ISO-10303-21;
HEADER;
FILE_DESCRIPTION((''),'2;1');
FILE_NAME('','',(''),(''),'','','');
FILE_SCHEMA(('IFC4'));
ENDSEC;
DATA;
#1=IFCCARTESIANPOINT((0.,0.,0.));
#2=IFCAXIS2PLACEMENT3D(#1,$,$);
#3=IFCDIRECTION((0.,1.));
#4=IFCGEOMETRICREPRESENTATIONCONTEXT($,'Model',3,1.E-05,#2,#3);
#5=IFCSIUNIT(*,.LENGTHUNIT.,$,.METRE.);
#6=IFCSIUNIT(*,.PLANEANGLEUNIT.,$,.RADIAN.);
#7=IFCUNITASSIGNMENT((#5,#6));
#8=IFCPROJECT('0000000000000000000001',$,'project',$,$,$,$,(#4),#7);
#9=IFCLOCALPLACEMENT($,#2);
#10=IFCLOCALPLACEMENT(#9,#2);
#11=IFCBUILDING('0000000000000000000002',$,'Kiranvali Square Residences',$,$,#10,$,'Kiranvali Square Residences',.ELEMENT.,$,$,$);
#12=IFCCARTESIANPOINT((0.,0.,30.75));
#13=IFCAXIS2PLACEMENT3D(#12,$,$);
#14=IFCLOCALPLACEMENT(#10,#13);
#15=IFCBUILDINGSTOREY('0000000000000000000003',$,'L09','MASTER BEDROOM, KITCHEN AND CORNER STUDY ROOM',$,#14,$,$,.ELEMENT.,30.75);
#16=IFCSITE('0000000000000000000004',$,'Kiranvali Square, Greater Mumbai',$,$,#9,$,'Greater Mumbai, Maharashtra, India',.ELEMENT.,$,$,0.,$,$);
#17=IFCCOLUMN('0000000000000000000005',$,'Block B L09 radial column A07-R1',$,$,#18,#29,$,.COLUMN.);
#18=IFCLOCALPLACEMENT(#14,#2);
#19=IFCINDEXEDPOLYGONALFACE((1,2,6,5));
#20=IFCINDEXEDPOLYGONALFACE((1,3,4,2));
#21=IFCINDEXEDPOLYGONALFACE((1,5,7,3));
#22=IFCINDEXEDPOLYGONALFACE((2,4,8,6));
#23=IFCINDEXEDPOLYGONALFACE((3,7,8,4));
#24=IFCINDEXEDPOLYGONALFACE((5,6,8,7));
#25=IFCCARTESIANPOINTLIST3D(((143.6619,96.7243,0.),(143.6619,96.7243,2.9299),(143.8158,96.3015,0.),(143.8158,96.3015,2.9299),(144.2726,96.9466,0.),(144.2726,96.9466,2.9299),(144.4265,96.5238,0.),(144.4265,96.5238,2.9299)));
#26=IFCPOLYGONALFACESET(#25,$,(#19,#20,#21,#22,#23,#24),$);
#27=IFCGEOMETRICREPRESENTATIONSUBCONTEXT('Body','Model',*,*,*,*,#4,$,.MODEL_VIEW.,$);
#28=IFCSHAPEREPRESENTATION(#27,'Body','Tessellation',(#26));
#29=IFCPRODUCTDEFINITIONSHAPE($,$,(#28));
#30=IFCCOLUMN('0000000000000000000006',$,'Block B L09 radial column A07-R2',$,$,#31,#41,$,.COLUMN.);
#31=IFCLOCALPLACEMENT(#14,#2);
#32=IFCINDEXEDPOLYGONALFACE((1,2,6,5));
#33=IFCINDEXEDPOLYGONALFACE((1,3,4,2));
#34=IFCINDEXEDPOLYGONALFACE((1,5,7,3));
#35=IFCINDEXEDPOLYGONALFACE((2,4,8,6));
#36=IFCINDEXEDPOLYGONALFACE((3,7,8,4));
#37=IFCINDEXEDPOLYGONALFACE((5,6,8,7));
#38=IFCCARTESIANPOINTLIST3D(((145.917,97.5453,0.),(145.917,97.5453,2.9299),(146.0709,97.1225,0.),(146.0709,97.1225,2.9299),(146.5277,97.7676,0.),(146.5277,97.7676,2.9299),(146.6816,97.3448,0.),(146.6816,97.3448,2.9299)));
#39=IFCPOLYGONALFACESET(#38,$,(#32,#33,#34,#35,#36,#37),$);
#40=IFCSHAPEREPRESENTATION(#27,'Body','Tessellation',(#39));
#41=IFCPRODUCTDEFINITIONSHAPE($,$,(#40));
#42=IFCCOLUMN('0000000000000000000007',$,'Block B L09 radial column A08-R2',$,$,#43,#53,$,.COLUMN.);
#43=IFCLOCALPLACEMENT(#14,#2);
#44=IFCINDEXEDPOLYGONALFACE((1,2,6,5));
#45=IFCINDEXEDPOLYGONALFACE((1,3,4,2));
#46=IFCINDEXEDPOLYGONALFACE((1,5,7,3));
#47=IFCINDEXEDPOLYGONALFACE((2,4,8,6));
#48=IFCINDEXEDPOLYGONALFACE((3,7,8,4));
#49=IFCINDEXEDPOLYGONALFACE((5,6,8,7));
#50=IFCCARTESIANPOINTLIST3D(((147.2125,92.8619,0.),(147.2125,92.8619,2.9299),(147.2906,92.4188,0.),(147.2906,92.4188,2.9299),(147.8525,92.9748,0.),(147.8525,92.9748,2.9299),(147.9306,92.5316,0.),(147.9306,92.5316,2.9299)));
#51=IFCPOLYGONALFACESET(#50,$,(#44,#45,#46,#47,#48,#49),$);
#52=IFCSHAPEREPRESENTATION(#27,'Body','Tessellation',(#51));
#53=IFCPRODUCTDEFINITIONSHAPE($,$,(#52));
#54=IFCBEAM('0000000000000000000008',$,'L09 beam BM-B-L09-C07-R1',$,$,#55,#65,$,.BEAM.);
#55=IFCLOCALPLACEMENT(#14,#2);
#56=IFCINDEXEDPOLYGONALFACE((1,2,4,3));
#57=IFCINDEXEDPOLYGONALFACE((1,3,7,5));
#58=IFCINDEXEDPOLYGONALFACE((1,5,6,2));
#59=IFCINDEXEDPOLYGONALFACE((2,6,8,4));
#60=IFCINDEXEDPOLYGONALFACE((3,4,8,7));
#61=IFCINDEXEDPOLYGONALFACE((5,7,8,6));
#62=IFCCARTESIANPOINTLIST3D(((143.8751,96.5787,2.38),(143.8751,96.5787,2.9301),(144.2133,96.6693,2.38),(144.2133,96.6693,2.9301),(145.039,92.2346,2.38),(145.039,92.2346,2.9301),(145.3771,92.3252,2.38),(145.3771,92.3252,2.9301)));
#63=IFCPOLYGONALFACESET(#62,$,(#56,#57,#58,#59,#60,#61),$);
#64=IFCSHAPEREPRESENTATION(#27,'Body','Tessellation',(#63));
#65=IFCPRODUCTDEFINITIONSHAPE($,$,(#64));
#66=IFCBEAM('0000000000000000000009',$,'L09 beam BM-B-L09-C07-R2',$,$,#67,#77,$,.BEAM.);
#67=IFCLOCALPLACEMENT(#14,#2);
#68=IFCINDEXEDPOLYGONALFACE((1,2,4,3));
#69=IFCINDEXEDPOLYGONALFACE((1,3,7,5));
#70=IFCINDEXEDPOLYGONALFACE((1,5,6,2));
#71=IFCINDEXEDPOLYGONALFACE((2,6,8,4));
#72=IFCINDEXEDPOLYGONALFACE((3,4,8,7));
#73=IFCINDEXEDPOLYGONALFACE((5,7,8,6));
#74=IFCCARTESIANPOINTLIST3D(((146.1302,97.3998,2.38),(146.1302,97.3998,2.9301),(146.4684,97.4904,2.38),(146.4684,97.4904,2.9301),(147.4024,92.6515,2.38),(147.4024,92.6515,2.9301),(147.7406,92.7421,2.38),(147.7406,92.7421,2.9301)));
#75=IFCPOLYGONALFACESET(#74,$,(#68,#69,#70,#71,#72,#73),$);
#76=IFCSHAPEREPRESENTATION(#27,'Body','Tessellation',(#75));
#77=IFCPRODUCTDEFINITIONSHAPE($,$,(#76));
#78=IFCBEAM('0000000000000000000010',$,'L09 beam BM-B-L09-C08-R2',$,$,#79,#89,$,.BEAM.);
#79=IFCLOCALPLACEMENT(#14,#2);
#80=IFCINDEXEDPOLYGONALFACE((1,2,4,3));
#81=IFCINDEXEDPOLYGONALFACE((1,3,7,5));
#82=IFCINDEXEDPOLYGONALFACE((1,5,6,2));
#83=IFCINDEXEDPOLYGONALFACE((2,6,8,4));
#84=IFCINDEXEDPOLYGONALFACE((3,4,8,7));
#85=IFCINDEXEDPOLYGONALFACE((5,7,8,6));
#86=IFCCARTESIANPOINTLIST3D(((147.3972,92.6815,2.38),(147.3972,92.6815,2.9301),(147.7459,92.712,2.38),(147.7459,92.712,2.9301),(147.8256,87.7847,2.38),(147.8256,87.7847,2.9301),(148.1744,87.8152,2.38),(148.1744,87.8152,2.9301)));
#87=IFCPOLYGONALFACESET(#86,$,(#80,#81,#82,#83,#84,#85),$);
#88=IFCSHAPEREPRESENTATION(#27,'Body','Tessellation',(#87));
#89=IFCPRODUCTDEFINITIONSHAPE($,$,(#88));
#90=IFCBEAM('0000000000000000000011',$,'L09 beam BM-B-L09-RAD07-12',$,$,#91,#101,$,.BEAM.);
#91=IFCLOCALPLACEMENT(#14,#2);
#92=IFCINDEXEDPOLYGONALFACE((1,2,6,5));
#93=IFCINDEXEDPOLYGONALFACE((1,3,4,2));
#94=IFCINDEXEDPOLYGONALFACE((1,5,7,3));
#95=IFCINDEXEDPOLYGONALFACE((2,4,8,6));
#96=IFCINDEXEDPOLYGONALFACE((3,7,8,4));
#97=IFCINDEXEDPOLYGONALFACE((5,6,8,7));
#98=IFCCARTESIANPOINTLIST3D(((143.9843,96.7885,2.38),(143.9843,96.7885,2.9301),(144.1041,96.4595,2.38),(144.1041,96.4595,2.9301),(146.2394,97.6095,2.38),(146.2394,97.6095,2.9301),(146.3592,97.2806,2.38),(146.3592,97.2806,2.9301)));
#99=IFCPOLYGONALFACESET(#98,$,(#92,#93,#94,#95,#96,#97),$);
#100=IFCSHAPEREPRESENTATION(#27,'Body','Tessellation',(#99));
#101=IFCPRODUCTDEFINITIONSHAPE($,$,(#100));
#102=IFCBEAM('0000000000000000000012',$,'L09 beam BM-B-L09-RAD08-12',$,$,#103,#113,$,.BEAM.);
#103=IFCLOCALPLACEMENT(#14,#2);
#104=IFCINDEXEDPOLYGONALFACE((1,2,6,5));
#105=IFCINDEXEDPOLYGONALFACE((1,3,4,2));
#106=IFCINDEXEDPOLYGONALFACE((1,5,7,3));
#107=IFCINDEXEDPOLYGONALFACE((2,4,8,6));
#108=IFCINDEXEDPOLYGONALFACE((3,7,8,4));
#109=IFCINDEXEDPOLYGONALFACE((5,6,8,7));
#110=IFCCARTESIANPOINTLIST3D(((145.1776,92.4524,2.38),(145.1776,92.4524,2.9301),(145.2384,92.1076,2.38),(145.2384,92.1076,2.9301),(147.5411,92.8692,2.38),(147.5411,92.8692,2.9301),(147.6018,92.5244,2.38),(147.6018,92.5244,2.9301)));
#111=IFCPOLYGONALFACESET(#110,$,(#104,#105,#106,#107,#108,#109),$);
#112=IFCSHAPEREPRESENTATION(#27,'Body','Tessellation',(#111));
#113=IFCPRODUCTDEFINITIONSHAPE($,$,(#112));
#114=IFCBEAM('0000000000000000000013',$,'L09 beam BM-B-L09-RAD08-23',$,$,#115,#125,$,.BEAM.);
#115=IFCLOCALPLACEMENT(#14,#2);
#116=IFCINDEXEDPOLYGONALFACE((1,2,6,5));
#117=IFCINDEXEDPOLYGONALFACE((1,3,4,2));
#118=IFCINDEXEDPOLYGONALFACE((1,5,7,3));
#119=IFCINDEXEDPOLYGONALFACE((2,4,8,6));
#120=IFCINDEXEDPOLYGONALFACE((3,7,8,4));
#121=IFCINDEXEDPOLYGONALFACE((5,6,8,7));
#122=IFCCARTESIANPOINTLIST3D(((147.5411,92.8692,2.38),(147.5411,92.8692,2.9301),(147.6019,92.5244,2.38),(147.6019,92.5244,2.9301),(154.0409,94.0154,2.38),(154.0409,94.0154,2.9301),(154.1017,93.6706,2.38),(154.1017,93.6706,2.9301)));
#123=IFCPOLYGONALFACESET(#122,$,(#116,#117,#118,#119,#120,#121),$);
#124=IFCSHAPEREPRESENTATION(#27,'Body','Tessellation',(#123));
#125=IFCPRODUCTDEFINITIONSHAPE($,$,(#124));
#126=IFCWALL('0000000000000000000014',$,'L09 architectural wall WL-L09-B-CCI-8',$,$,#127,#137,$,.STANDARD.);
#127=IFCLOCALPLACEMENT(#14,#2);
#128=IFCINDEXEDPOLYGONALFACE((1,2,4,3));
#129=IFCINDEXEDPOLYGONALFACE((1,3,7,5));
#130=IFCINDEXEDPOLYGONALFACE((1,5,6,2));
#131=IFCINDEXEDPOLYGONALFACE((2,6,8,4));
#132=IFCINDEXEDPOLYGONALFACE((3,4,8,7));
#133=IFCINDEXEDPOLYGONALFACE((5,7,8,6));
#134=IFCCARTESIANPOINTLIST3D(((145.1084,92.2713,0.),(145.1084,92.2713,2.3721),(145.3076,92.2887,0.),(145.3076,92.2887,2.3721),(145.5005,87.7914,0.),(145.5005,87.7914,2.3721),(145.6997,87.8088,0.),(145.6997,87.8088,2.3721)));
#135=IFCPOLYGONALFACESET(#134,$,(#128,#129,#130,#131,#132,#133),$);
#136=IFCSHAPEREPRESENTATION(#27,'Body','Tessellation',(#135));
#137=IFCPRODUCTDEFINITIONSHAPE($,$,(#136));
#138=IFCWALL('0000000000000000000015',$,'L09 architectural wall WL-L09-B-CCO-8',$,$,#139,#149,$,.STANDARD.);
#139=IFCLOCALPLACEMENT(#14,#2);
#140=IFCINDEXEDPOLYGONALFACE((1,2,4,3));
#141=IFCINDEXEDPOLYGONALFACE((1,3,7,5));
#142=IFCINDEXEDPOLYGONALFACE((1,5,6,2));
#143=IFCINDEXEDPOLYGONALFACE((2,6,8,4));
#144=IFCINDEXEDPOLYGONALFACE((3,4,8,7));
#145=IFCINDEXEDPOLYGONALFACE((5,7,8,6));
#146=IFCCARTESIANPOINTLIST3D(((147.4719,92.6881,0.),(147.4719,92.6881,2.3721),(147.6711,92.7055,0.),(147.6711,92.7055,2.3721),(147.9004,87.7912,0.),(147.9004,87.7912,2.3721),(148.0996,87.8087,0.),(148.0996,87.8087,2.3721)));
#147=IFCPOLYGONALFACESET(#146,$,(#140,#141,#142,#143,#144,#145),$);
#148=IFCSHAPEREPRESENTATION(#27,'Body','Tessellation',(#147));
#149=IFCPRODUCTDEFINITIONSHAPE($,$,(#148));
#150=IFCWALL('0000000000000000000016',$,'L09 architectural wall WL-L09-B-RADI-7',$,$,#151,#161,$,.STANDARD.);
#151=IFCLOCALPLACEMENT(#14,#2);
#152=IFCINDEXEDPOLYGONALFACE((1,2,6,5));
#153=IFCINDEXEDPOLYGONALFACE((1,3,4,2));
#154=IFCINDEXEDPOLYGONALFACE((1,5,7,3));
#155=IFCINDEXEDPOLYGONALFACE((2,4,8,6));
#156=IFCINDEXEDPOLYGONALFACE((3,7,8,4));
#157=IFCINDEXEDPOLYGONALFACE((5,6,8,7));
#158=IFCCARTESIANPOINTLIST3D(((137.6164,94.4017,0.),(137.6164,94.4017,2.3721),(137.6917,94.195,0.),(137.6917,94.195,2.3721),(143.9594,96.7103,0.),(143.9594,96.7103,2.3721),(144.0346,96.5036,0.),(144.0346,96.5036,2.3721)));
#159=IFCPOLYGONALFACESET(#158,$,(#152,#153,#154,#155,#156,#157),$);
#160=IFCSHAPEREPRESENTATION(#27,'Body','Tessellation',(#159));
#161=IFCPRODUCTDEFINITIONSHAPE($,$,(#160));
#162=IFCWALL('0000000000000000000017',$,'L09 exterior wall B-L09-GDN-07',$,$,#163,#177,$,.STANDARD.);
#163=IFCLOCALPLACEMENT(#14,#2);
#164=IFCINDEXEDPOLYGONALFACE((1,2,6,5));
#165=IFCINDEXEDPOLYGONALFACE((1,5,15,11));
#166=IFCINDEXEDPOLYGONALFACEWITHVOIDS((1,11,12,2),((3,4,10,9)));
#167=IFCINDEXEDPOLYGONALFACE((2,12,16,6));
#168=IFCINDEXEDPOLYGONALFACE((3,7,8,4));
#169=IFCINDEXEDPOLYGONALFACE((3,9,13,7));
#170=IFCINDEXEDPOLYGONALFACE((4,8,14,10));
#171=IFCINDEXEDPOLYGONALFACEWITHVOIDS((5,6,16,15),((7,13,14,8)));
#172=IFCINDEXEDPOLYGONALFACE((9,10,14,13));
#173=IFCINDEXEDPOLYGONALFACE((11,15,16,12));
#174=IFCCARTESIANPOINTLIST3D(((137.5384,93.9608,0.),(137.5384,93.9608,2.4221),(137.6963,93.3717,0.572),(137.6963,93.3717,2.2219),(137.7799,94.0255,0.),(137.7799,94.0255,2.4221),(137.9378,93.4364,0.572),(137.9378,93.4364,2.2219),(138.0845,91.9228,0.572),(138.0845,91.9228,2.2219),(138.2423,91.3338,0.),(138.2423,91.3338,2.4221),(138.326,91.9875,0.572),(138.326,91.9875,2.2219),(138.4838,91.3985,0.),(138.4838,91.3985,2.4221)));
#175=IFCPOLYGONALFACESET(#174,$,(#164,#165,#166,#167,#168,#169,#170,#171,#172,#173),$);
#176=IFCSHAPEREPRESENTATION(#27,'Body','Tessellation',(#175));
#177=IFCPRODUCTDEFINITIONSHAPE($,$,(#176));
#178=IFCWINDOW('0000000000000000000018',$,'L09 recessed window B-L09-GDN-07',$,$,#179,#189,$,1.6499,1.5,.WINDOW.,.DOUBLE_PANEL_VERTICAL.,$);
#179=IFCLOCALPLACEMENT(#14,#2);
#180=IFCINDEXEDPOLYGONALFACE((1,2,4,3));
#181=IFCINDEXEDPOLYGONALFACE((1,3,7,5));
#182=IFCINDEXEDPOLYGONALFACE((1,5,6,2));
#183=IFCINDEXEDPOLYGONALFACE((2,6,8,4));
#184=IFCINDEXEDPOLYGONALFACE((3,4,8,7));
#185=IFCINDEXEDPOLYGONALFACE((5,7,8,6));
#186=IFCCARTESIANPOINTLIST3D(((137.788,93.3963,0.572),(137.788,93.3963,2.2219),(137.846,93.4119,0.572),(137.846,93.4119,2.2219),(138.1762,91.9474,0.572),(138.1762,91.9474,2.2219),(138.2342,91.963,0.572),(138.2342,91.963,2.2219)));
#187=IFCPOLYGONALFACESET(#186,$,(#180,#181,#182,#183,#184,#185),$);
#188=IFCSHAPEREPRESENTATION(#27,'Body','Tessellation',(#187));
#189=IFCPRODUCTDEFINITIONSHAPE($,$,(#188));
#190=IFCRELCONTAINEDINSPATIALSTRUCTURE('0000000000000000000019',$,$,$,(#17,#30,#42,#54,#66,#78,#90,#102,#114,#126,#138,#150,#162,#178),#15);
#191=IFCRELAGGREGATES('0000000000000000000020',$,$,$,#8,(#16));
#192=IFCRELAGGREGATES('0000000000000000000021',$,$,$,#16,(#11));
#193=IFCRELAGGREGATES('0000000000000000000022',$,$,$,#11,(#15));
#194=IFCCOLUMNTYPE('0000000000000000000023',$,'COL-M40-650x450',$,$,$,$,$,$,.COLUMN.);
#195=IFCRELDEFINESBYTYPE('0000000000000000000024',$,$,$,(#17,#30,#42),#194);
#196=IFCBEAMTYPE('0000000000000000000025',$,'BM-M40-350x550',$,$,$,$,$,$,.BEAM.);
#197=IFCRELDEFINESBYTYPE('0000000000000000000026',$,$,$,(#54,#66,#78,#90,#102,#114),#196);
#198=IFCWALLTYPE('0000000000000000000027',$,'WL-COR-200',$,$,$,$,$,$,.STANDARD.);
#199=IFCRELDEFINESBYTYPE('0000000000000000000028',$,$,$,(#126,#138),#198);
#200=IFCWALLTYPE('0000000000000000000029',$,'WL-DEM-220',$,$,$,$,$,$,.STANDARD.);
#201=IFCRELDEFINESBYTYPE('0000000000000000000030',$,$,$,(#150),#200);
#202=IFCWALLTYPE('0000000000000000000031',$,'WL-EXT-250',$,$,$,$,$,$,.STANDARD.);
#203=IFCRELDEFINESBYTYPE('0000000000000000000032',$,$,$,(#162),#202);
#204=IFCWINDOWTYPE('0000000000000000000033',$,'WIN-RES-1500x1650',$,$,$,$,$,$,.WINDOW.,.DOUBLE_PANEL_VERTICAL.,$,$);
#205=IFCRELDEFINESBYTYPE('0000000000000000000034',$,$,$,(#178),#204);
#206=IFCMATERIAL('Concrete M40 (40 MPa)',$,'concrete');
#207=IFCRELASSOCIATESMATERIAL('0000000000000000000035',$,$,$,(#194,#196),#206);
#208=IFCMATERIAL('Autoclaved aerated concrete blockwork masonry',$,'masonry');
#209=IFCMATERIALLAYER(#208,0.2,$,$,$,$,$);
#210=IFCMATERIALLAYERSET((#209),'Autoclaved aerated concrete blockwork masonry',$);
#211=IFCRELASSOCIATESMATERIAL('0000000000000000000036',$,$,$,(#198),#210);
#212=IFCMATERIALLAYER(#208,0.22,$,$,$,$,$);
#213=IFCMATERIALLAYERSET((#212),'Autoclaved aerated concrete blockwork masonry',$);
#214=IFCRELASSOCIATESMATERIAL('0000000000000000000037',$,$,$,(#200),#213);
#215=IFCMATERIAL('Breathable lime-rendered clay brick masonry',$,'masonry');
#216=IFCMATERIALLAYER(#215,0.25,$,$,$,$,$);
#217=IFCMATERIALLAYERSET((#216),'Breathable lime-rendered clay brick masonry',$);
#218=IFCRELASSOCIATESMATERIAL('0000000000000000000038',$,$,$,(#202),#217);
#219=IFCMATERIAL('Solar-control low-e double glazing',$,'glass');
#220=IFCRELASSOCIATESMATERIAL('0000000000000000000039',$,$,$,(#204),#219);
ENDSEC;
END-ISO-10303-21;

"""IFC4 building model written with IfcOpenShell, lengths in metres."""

from ifc_helpers import new_model, si_unit, direction, frame, frame_2d, origin, origin_2d, place, context, subcontext, project, spatial, rectangle, extrude, material, layer, layer_set, material_profile, profile_set, type_object, element, fill, save


model = new_model("IFC4")

# Units and contexts
model_context = context("Model", 3, precision=1e-05, world=origin(), true_north=direction((0.0, 1.0)))
body_context = subcontext(model_context, "Body", "Model", "MODEL_VIEW")
ifc_project = project(units=[si_unit("LENGTHUNIT", "METRE"), si_unit("PLANEANGLEUNIT", "RADIAN")], contexts=[model_context])

# Site, building, storey
site_placement = place(None, origin())
site = spatial("IfcSite", under=ifc_project, at=site_placement, Name="Kiranvali Square, Greater Mumbai", LongName="Greater Mumbai, Maharashtra, India", CompositionType="ELEMENT", RefElevation=0.0)
building_placement = place(site_placement, origin())
building = spatial("IfcBuilding", under=site, at=building_placement, Name="Kiranvali Square Residences", LongName="Kiranvali Square Residences", CompositionType="ELEMENT")
storey_placement = place(building_placement, frame((0.0, 0.0, 30.75)))
storey = spatial("IfcBuildingStorey", under=building, at=storey_placement, Name="L09", Description="MASTER BEDROOM, KITCHEN AND CORNER STUDY ROOM", CompositionType="ELEMENT", Elevation=30.75)

# Columns
ifc_material_1 = material(Name="Concrete M40 (40 MPa)", Category="concrete")
ifc_material_profile_1 = material_profile(ifc_material_1, rectangle(XDim=0.45, YDim=0.6499, at=origin_2d()), Name="RC 650x450")
ifc_profile_set_1 = profile_set([ifc_material_profile_1], Name="Concrete M40 (40 MPa)")
column_type = type_object("IfcColumnType", Name="COL-M40-650x450", PredefinedType="COLUMN", material=ifc_profile_set_1)
for number, where, z_axis, x_axis, name in (
    (1, (144.0442, 96.624, 0.0), (0.0, 0.0, 1.0), (-0.34202, 0.939693, 0.0), "Block B L09 radial column A07-R1"),
    (2, (146.2993, 97.4451, 0.0), (0.0, 0.0, 1.0), (-0.34202, 0.939693, 0.0), "Block B L09 radial column A07-R2"),
    (3, (147.5715, 92.6968, 0.0), (0.0, 0.0, 1.0), (-0.173648, 0.984808, 0.0), "Block B L09 radial column A08-R2"),
):
    element("IfcColumn", number, at=place(storey_placement, frame(where, z_axis=z_axis, x_axis=x_axis)), inside=storey, type_object=column_type, Name=name, PredefinedType="COLUMN", context=body_context, shape_type="SweptSolid", body=[
        extrude(rectangle(XDim=0.45, YDim=0.6499, at=origin_2d()), origin(), (0.0, 0.0, 1.0), 2.9299),
    ])

# Beams
ifc_material_profile_2 = material_profile(ifc_material_1, rectangle(XDim=0.3501, YDim=0.55, at=origin_2d()), Name="RC 350x550")
ifc_profile_set_2 = profile_set([ifc_material_profile_2], Name="Concrete M40 (40 MPa)")
beam_type = type_object("IfcBeamType", Name="BM-M40-350x550", PredefinedType="BEAM", material=ifc_profile_set_2)
beam_1_placement = place(storey_placement, frame((144.0442, 96.624, 2.655), z_axis=(0.258788, -0.965934, 0.0), x_axis=(0.965934, 0.258788, 0.0)))
element("IfcBeam", 4, at=beam_1_placement, inside=storey, type_object=beam_type, Name="L09 beam BM-B-L09-C07-R1", PredefinedType="BEAM", context=body_context, shape_type="SweptSolid", body=[
    extrude(rectangle(XDim=0.3501, YDim=0.55, at=origin_2d()), origin(), (0.0, 0.0, 1.0), 4.4973),
])
beam_2_placement = place(storey_placement, frame((146.2993, 97.4451, 2.655), z_axis=(0.258803, -0.96593, 0.0), x_axis=(0.96593, 0.258803, 0.0)))
element("IfcBeam", 5, at=beam_2_placement, inside=storey, type_object=beam_type, Name="L09 beam BM-B-L09-C07-R2", PredefinedType="BEAM", context=body_context, shape_type="SweptSolid", body=[
    extrude(rectangle(XDim=0.3501, YDim=0.55, at=origin_2d()), origin(), (0.0, 0.0, 1.0), 4.9158),
])
beam_3_placement = place(storey_placement, frame((147.5715, 92.6968, 2.655), z_axis=(0.087168, -0.996194, 0.0), x_axis=(0.996194, 0.087168, 0.0)))
element("IfcBeam", 6, at=beam_3_placement, inside=storey, type_object=beam_type, Name="L09 beam BM-B-L09-C08-R2", PredefinedType="BEAM", context=body_context, shape_type="SweptSolid", body=[
    extrude(rectangle(XDim=0.3501, YDim=0.55, at=origin_2d()), origin(), (0.0, 0.0, 1.0), 4.9155),
])
for number, where, z_axis, x_axis, name in (
    (7, (144.0442, 96.624, 2.655), (0.93966, 0.342111, 0.0), (-0.342111, 0.93966, 0.0), "L09 beam BM-B-L09-RAD07-12"),
    (8, (145.208, 92.28, 2.655), (0.984808, 0.173646, 0.0), (-0.173646, 0.984808, 0.0), "L09 beam BM-B-L09-RAD08-12"),
):
    element("IfcBeam", number, at=place(storey_placement, frame(where, z_axis=z_axis, x_axis=x_axis)), inside=storey, type_object=beam_type, Name=name, PredefinedType="BEAM", context=body_context, shape_type="SweptSolid", body=[
        extrude(rectangle(XDim=0.3501, YDim=0.55, at=origin_2d()), origin(), (0.0, 0.0, 1.0), 2.3999),
    ])
beam_4_placement = place(storey_placement, frame((147.5715, 92.6968, 2.655), z_axis=(0.984804, 0.173671, 0.0), x_axis=(-0.173671, 0.984804, 0.0)))
element("IfcBeam", 9, at=beam_4_placement, inside=storey, type_object=beam_type, Name="L09 beam BM-B-L09-RAD08-23", PredefinedType="BEAM", context=body_context, shape_type="SweptSolid", body=[
    extrude(rectangle(XDim=0.3501, YDim=0.55, at=origin_2d()), origin(), (0.0, 0.0, 1.0), 6.6001),
])

# Shared definitions
ifc_material_2 = material(Name="Autoclaved aerated concrete blockwork masonry", Category="masonry")
ifc_layer_1 = layer(ifc_material_2, 0.2)
ifc_layer_set_1 = layer_set([ifc_layer_1], Name="Autoclaved aerated concrete blockwork masonry")
wall_type_1 = type_object("IfcWallType", Name="WL-COR-200", PredefinedType="STANDARD", material=ifc_layer_set_1)

# Walls
wall_1_placement = place(storey_placement, frame((145.208, 92.28, 0.0), z_axis=(0.0, 0.0, 1.0), x_axis=(0.087187, -0.996192, 0.0)))
element("IfcWall", 10, at=wall_1_placement, inside=storey, type_object=wall_type_1, Name="L09 architectural wall WL-L09-B-CCI-8", PredefinedType="STANDARD", context=body_context, shape_type="SweptSolid", body=[
    extrude(rectangle(XDim=4.4971, YDim=0.2, at=frame_2d((2.2485, 0.0))), origin(), (0.0, 0.0, 1.0), 2.3721),
])
wall_2_placement = place(storey_placement, frame((147.5715, 92.6968, 0.0), z_axis=(0.0, 0.0, 1.0), x_axis=(0.087168, -0.996194, 0.0)))
element("IfcWall", 11, at=wall_2_placement, inside=storey, type_object=wall_type_1, Name="L09 architectural wall WL-L09-B-CCO-8", PredefinedType="STANDARD", context=body_context, shape_type="SweptSolid", body=[
    extrude(rectangle(XDim=4.9155, YDim=0.2, at=frame_2d((2.4578, 0.0))), origin(), (0.0, 0.0, 1.0), 2.3721),
])
ifc_layer_2 = layer(ifc_material_2, 0.22)
ifc_layer_set_2 = layer_set([ifc_layer_2], Name="Autoclaved aerated concrete blockwork masonry")
wall_type_2 = type_object("IfcWallType", Name="WL-DEM-220", PredefinedType="STANDARD", material=ifc_layer_set_2)
wall_3_placement = place(storey_placement, frame((137.6541, 94.2983, 0.0), z_axis=(0.0, 0.0, 1.0), x_axis=(0.939696, 0.34201, 0.0)))
element("IfcWall", 12, at=wall_3_placement, inside=storey, type_object=wall_type_2, Name="L09 architectural wall WL-L09-B-RADI-7", PredefinedType="STANDARD", context=body_context, shape_type="SweptSolid", body=[
    extrude(rectangle(XDim=6.75, YDim=0.22, at=frame_2d((3.375, 0.0))), origin(), (0.0, 0.0, 1.0), 2.3721),
])

# Wall, opening, window
ifc_material_3 = material(Name="Breathable lime-rendered clay brick masonry", Category="masonry")
ifc_layer_3 = layer(ifc_material_3, 0.25)
ifc_layer_set_3 = layer_set([ifc_layer_3], Name="Breathable lime-rendered clay brick masonry")
wall_type_3 = type_object("IfcWallType", Name="WL-EXT-250", PredefinedType="STANDARD", material=ifc_layer_set_3)
wall_4_placement = place(storey_placement, frame((137.6592, 93.9932, 0.0), z_axis=(0.0, 0.0, 1.0), x_axis=(0.258808, -0.965929, 0.0)))
wall_4 = element("IfcWall", 13, at=wall_4_placement, inside=storey, type_object=wall_type_3, Name="L09 exterior wall B-L09-GDN-07", PredefinedType="STANDARD", context=body_context, shape_type="SweptSolid", body=[
    extrude(rectangle(XDim=2.7197, YDim=0.25, at=frame_2d((1.3599, 0.0))), origin(), (0.0, 0.0, 1.0), 2.4221),
])
opening_1_placement = place(wall_4_placement, frame((0.6099, 0.0, 0.572)))
opening_1 = element("IfcOpeningElement", 14, at=opening_1_placement, cuts=wall_4, PredefinedType="OPENING", context=body_context, shape_type="SweptSolid", body=[
    extrude(rectangle(XDim=1.5, YDim=1.6499, at=frame_2d((0.75, 0.825))), frame((0.0, 0.135, 0.0), z_axis=(0.0, -1.0, 0.0), x_axis=(1.0, 0.0, 0.0)), (0.0, 0.0, 1.0), 0.27),
])
ifc_material_4 = material(Name="Solar-control low-e double glazing", Category="glass")
window_type = type_object("IfcWindowType", Name="WIN-RES-1500x1650", PartitioningType="DOUBLE_PANEL_VERTICAL", PredefinedType="WINDOW", material=ifc_material_4)
window_placement = place(opening_1_placement, origin())
window = element("IfcWindow", 15, at=window_placement, inside=storey, type_object=window_type, Name="L09 recessed window B-L09-GDN-07", OverallHeight=1.6499, OverallWidth=1.5, PartitioningType="DOUBLE_PANEL_VERTICAL", PredefinedType="WINDOW", context=body_context, shape_type="SweptSolid", body=[
    extrude(rectangle(XDim=1.5, YDim=1.6499, at=frame_2d((0.75, 0.825))), frame((0.0, 0.03, 0.0), z_axis=(0.0, -1.0, 0.0), x_axis=(1.0, 0.0, 0.0)), (0.0, 0.0, 1.0), 0.0601),
])
fill(opening_1, window)

save(model, "model.ifc")
